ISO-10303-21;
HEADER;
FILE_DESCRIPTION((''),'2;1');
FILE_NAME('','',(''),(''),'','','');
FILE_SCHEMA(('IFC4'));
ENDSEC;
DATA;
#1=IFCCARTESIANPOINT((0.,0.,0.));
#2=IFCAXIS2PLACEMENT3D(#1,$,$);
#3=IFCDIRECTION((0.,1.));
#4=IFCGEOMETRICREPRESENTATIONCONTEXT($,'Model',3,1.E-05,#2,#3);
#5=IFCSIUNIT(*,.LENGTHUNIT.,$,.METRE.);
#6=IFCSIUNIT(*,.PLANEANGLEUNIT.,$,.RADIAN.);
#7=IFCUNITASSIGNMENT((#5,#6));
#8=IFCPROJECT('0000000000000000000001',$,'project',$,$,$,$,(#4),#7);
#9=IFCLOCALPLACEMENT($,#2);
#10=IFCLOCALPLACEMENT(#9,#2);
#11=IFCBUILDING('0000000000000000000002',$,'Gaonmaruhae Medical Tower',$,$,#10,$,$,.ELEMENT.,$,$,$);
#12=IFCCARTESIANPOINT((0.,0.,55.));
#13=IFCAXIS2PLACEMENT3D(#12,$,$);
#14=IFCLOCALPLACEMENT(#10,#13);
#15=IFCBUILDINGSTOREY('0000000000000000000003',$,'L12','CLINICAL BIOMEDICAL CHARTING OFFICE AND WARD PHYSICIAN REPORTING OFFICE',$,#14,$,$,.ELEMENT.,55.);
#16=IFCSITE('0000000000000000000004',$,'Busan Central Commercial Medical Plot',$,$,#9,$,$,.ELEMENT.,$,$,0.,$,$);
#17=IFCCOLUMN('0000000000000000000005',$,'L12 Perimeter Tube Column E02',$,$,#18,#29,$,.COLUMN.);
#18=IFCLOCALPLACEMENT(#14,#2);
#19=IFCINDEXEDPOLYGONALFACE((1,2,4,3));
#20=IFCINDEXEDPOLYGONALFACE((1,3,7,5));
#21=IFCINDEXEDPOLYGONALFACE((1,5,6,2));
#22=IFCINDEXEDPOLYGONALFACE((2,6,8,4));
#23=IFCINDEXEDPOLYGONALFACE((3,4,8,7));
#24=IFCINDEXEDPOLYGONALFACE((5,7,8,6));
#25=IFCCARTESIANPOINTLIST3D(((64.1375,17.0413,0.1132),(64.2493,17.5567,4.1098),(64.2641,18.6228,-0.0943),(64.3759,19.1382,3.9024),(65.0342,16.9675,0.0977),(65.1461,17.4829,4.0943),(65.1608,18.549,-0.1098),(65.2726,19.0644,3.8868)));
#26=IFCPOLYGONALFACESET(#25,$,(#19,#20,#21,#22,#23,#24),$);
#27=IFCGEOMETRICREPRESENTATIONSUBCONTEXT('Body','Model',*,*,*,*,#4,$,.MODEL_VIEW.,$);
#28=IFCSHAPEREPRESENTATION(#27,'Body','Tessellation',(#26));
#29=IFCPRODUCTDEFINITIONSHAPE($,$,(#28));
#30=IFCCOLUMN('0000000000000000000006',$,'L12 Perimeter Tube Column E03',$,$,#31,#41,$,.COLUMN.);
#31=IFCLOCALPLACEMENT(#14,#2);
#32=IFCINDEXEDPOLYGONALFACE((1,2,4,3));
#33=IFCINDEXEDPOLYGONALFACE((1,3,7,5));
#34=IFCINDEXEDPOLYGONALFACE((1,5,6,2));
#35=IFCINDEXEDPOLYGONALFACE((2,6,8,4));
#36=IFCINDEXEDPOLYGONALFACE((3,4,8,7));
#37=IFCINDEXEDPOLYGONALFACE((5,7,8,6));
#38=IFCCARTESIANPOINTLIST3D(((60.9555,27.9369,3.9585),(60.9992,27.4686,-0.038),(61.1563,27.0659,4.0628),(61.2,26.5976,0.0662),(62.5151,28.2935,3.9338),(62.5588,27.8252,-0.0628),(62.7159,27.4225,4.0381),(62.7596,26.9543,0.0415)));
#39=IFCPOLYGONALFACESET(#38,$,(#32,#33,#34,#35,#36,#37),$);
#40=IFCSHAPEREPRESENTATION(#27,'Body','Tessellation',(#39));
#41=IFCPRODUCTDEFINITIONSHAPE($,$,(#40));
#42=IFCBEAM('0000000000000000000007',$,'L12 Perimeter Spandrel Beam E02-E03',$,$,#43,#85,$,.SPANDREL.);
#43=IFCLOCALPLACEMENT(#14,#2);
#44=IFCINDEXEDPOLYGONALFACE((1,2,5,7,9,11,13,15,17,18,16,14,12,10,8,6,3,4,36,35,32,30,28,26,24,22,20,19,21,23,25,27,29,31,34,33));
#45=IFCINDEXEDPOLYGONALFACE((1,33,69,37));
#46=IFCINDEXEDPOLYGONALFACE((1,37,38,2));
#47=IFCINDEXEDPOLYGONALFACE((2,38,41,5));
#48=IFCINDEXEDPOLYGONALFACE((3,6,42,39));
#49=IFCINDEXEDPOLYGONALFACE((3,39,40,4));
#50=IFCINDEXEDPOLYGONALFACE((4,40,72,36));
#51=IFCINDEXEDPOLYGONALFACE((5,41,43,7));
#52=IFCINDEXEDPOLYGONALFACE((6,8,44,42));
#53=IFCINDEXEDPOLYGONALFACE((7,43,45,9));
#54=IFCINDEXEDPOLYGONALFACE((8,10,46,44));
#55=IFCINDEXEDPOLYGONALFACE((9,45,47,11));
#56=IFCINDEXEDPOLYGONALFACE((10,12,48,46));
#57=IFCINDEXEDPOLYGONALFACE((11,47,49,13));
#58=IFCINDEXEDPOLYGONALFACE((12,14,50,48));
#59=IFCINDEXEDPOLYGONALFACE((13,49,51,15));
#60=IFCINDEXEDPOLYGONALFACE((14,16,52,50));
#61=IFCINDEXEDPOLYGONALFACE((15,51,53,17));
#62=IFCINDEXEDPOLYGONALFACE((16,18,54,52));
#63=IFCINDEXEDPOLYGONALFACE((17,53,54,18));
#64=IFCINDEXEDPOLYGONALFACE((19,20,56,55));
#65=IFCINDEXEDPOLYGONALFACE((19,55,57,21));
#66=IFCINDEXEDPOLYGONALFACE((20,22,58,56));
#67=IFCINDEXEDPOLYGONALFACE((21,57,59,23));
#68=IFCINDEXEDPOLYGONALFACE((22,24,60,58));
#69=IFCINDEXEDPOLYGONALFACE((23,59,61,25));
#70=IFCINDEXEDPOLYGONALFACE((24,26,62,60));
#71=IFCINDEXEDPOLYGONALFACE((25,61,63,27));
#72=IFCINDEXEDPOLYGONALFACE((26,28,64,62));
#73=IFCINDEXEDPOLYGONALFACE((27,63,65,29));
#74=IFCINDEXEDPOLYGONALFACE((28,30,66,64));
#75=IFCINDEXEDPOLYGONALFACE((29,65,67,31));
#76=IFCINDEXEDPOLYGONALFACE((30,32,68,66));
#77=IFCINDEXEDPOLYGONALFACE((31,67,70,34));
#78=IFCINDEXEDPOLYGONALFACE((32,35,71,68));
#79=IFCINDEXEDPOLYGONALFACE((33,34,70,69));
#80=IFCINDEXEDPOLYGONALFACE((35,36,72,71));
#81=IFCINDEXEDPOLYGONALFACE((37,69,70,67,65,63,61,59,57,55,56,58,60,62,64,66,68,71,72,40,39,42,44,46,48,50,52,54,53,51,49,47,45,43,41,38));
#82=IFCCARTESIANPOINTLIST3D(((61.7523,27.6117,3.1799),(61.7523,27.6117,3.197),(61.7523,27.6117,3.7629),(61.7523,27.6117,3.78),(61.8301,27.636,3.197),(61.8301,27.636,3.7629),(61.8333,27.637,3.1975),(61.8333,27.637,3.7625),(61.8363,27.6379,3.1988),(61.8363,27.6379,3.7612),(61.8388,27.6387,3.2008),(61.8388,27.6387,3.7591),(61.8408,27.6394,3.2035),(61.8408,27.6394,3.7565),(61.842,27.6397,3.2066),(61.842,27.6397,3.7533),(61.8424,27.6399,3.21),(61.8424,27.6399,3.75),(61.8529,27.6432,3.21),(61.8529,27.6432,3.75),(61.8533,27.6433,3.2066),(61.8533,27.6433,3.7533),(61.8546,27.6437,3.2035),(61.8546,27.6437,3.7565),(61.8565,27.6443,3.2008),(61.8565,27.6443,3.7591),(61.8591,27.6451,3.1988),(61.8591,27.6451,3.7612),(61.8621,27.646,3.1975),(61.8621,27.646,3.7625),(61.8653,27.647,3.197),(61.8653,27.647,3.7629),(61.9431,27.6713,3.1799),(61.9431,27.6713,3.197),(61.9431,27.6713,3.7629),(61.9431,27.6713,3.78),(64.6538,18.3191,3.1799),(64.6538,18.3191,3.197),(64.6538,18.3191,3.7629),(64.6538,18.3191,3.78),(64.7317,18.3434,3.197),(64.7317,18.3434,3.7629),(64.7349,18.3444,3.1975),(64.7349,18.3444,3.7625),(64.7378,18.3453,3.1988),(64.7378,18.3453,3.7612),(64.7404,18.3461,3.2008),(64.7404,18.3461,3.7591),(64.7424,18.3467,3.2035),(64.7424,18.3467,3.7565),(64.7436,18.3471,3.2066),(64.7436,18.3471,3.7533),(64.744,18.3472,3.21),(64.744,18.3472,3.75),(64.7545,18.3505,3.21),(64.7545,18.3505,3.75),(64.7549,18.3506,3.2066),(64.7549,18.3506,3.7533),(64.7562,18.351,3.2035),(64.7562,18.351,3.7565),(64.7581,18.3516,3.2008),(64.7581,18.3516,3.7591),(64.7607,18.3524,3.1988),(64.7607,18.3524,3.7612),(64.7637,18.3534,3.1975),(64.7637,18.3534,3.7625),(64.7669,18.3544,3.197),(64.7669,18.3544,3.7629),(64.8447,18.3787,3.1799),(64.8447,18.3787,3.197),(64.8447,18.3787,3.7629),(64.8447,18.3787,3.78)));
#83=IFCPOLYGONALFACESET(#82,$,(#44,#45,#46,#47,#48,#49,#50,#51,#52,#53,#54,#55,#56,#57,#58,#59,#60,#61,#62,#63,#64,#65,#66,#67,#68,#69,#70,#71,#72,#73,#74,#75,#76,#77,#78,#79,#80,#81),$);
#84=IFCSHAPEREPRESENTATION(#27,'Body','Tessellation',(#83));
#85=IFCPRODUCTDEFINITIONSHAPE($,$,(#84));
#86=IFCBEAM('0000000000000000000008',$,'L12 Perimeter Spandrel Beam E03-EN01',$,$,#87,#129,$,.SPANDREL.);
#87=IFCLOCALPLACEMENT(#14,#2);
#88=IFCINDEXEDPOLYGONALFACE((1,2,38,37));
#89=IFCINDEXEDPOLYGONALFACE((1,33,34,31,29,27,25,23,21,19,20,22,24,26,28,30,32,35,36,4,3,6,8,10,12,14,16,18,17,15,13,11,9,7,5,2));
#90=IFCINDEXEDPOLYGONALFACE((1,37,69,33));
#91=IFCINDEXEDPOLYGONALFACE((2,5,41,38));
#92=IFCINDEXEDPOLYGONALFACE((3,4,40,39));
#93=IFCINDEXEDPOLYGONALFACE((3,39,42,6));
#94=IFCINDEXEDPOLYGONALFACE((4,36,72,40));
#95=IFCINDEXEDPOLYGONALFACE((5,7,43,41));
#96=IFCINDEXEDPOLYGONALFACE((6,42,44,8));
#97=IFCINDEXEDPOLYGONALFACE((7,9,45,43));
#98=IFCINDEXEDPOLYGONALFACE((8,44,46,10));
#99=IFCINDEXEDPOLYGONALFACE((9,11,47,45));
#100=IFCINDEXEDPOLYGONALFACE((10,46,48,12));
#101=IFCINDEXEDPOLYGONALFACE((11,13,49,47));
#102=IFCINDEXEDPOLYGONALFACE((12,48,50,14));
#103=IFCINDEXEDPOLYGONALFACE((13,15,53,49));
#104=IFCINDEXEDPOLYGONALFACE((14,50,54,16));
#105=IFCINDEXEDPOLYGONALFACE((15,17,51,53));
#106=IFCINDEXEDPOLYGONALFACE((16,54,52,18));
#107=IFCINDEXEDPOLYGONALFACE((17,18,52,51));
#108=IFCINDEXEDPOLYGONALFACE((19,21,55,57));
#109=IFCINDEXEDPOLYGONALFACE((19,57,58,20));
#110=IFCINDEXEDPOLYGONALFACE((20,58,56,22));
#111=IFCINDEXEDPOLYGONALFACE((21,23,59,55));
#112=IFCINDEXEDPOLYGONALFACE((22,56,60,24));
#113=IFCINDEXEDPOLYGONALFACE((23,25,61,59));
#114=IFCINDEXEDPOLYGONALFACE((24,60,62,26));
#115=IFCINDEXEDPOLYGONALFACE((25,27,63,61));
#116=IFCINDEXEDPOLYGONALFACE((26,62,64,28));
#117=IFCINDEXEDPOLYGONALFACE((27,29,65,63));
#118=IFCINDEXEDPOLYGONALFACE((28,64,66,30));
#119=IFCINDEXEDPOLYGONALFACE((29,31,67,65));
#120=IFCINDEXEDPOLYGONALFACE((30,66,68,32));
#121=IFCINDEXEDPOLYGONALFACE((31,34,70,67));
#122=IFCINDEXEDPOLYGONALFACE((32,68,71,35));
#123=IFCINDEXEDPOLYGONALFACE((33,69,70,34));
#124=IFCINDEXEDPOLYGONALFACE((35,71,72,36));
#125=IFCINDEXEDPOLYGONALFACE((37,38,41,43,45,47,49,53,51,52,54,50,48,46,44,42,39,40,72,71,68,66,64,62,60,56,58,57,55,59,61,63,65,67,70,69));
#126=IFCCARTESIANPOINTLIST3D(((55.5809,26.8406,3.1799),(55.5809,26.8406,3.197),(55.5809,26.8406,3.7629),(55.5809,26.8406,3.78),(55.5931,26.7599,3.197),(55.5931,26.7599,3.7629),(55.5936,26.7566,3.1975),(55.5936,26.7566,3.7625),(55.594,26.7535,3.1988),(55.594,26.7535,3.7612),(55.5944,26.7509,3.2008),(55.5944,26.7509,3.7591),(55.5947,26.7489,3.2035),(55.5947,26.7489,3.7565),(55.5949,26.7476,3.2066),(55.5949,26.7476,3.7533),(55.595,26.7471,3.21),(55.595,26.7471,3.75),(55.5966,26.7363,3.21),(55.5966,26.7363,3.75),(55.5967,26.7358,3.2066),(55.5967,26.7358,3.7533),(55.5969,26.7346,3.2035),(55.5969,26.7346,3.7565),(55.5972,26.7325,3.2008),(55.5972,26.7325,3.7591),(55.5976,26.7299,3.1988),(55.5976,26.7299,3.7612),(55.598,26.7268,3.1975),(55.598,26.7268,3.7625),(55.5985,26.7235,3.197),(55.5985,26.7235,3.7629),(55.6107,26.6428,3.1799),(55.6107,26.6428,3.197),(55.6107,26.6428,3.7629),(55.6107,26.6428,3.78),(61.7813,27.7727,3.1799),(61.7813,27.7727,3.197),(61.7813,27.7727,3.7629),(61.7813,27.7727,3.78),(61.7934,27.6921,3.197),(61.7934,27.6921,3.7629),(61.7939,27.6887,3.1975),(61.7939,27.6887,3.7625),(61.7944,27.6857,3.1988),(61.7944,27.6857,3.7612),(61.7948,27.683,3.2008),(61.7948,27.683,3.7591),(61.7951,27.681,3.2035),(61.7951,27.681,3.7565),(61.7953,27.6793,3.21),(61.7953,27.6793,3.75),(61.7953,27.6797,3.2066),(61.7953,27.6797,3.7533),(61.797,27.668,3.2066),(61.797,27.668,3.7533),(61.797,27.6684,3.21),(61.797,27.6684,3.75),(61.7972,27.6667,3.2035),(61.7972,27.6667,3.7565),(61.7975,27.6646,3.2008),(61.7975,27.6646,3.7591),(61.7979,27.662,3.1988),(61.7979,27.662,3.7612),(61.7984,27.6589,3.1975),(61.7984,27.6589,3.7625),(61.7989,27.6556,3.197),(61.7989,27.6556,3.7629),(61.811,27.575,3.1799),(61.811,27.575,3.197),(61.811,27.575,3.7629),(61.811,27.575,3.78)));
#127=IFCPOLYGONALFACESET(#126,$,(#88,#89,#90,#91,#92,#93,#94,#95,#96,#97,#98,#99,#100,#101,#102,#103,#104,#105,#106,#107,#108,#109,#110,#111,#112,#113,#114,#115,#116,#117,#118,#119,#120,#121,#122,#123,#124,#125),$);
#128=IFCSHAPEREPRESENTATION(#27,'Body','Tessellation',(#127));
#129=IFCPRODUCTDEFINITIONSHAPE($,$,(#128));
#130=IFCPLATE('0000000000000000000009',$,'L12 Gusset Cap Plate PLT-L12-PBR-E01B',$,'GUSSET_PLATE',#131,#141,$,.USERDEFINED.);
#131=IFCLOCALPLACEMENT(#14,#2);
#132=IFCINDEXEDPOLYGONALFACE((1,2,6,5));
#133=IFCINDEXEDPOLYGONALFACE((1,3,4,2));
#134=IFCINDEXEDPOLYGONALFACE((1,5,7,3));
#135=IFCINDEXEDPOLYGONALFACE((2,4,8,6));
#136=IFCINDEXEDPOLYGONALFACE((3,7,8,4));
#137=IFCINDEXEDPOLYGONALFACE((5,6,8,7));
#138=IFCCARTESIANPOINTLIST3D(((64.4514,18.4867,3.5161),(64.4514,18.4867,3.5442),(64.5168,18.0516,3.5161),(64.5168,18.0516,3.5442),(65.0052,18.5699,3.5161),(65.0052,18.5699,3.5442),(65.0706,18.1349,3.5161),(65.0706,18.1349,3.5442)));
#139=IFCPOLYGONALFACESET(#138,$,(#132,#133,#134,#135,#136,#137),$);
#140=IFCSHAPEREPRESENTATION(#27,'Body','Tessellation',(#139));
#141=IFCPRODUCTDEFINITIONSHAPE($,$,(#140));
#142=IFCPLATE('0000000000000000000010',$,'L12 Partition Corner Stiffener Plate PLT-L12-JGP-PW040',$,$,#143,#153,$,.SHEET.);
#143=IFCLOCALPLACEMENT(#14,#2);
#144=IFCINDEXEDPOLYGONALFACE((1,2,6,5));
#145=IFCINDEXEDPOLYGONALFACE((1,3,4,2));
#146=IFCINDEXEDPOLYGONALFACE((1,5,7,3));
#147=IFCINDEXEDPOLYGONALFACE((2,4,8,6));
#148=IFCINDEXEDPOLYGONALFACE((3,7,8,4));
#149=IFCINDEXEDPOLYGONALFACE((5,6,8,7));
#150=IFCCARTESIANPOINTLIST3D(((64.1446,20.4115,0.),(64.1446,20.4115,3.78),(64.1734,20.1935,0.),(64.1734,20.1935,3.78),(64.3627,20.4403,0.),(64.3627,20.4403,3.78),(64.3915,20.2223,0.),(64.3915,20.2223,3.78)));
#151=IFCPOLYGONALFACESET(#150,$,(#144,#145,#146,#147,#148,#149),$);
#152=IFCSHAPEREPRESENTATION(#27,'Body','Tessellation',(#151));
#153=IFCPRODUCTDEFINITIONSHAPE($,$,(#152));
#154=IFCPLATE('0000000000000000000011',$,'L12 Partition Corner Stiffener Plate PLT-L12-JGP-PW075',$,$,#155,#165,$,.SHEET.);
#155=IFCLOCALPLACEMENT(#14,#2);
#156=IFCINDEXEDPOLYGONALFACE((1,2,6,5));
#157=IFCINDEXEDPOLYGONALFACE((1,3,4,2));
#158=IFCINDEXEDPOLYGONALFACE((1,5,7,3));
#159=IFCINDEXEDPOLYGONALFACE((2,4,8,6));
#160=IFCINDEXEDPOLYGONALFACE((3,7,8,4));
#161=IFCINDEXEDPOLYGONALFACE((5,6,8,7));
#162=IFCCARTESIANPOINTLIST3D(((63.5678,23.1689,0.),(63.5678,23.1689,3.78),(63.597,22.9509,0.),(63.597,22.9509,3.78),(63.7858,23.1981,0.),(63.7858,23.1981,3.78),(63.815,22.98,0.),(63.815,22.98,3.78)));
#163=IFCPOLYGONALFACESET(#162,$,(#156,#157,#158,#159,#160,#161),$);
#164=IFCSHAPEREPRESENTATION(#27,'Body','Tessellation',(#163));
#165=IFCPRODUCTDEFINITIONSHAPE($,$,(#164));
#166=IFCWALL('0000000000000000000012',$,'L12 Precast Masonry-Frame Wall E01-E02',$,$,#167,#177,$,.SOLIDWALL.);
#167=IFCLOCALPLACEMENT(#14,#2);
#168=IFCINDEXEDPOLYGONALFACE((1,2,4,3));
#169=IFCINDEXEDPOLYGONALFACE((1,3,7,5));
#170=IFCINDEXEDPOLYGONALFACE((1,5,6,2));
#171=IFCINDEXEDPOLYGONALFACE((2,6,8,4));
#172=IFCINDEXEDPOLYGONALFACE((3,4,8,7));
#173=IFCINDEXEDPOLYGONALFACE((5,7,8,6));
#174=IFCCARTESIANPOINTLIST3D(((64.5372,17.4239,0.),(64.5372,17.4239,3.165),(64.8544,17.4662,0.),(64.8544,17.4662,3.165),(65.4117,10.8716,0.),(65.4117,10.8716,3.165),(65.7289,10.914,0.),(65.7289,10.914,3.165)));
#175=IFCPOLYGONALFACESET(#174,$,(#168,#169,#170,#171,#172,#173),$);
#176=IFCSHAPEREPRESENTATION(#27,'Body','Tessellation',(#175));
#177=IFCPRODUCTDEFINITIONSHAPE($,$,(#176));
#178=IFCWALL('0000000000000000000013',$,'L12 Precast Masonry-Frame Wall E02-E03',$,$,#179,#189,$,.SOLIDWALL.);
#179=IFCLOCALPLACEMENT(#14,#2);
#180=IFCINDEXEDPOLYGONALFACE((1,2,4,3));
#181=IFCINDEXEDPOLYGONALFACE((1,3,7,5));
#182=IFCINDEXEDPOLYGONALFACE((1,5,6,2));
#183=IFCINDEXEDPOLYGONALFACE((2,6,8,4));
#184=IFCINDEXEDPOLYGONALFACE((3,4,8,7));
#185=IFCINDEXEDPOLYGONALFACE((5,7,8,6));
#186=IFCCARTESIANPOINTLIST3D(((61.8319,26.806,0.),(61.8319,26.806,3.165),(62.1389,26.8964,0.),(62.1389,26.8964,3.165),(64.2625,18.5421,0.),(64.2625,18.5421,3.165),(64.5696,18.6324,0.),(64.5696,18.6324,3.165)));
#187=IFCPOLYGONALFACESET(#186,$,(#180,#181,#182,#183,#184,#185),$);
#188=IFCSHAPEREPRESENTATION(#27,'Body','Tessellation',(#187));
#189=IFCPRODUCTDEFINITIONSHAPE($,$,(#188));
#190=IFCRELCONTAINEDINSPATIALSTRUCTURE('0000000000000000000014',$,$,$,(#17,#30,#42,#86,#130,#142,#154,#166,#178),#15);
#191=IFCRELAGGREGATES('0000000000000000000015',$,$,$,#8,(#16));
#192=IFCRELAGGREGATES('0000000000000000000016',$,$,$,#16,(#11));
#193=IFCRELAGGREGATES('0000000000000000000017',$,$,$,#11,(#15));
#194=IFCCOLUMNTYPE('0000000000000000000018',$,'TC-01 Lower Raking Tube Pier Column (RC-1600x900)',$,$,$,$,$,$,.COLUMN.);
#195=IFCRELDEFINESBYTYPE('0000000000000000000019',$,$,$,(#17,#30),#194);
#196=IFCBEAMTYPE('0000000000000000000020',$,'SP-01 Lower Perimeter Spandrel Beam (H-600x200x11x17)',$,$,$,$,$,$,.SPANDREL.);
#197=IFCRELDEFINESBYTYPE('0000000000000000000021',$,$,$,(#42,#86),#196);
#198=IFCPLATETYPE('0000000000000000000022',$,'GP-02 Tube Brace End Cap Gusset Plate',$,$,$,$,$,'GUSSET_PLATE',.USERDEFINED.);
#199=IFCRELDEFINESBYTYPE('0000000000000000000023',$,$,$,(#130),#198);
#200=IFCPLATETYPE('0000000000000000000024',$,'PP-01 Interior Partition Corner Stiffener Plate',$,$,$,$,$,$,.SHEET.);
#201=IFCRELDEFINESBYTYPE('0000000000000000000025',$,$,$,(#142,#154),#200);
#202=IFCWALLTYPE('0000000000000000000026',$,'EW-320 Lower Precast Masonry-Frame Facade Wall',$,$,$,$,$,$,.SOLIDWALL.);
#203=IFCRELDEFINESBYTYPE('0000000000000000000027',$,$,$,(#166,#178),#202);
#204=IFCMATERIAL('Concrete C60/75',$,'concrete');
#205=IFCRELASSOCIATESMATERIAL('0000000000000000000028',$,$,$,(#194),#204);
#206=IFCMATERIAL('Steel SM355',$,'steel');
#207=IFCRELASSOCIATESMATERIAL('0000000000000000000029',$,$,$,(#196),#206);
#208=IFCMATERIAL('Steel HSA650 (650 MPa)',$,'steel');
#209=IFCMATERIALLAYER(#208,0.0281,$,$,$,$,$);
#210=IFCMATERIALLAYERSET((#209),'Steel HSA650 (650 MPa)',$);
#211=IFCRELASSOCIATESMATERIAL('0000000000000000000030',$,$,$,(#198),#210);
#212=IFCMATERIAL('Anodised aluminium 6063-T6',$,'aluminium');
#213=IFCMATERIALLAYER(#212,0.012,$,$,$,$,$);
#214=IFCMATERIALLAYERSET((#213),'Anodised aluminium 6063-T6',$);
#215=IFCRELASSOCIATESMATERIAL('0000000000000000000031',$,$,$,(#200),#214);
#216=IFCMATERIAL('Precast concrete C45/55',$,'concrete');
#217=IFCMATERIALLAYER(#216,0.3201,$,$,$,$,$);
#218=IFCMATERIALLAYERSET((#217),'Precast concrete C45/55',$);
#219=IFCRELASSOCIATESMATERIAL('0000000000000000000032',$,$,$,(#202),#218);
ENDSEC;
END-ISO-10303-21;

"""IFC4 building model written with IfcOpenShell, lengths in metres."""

from ifc_helpers import new_model, si_unit, direction, frame, frame_2d, origin, origin_2d, place, context, subcontext, project, spatial, rectangle, i_section, extrude, material, layer, layer_set, material_profile, profile_set, type_object, element, save


model = new_model("IFC4")

# Units and contexts
model_context = context("Model", 3, precision=1e-05, world=origin(), true_north=direction((0.0, 1.0)))
body_context = subcontext(model_context, "Body", "Model", "MODEL_VIEW")
ifc_project = project(units=[si_unit("LENGTHUNIT", "METRE"), si_unit("PLANEANGLEUNIT", "RADIAN")], contexts=[model_context])

# Site, building, storey
site_placement = place(None, origin())
site = spatial("IfcSite", under=ifc_project, at=site_placement, Name="Busan Central Commercial Medical Plot", CompositionType="ELEMENT", RefElevation=0.0)
building_placement = place(site_placement, origin())
building = spatial("IfcBuilding", under=site, at=building_placement, Name="Gaonmaruhae Medical Tower", CompositionType="ELEMENT")
storey_placement = place(building_placement, frame((0.0, 0.0, 55.0)))
storey = spatial("IfcBuildingStorey", under=building, at=storey_placement, Name="L12", Description="CLINICAL BIOMEDICAL CHARTING OFFICE AND WARD PHYSICIAN REPORTING OFFICE", CompositionType="ELEMENT", Elevation=55.0)

# Columns
ifc_material_1 = material(Name="Concrete C60/75", Category="concrete")
ifc_material_profile_1 = material_profile(ifc_material_1, rectangle(XDim=1.6001, YDim=0.8999, at=origin_2d()), Name="RC-1600x900")
ifc_profile_set_1 = profile_set([ifc_material_profile_1], Name="Concrete C60/75")
column_type = type_object("IfcColumnType", Name="TC-01 Lower Raking Tube Pier Column (RC-1600x900)", PredefinedType="COLUMN", material=ifc_profile_set_1)
column_1_placement = place(storey_placement, frame((64.6492, 17.7952, 0.0017), z_axis=(0.027738, 0.127847, 0.991406), x_axis=(-0.079108, -0.988396, 0.129672)))
element("IfcColumn", 1, at=column_1_placement, inside=storey, type_object=column_type, Name="L12 Perimeter Tube Column E02", PredefinedType="COLUMN", context=body_context, shape_type="SweptSolid", body=[
    extrude(rectangle(XDim=1.6001, YDim=0.8999, at=origin_2d()), origin(), (0.0, 0.0, 1.0), 4.0312),
])
column_2_placement = place(storey_placement, frame((61.8794, 27.2114, 0.0017), z_axis=(-0.01086, 0.116363, 0.993147), x_axis=(-0.974721, -0.222888, 0.015457)))
element("IfcColumn", 2, at=column_2_placement, inside=storey, type_object=column_type, Name="L12 Perimeter Tube Column E03", PredefinedType="COLUMN", context=body_context, shape_type="SweptSolid", body=[
    extrude(rectangle(XDim=1.6001, YDim=0.8999, at=origin_2d()), origin(), (0.0, 0.0, 1.0), 4.0242),
])

# Beams
ifc_material_2 = material(Name="Steel SM355", Category="steel")
ifc_material_profile_2 = material_profile(ifc_material_2, i_section(OverallWidth=0.2, OverallDepth=0.6001, WebThickness=0.011, FlangeThickness=0.0171, FilletRadius=0.0129, at=origin_2d()), Name="H-600x200x11x17")
ifc_profile_set_2 = profile_set([ifc_material_profile_2], Name="Steel SM355")
beam_type = type_object("IfcBeamType", Name="SP-01 Lower Perimeter Spandrel Beam (H-600x200x11x17)", PredefinedType="SPANDREL", material=ifc_profile_set_2)
beam_1_placement = place(storey_placement, frame((64.7493, 18.3489, 3.48), z_axis=(-0.298054, 0.954549, 0.0), x_axis=(-0.954549, -0.298054, 0.0)))
element("IfcBeam", 3, at=beam_1_placement, inside=storey, type_object=beam_type, Name="L12 Perimeter Spandrel Beam E02-E03", PredefinedType="SPANDREL", context=body_context, shape_type="SweptSolid", body=[
    extrude(i_section(OverallWidth=0.2, OverallDepth=0.6001, WebThickness=0.011, FlangeThickness=0.0171, FilletRadius=0.0129, at=origin_2d()), origin(), (0.0, 0.0, 1.0), 9.7351),
])
beam_2_placement = place(storey_placement, frame((61.7961, 27.6738, 3.48), z_axis=(-0.988888, -0.148662, 0.0), x_axis=(0.148662, -0.988888, 0.0)))
element("IfcBeam", 4, at=beam_2_placement, inside=storey, type_object=beam_type, Name="L12 Perimeter Spandrel Beam E03-EN01", PredefinedType="SPANDREL", context=body_context, shape_type="SweptSolid", body=[
    extrude(i_section(OverallWidth=0.2, OverallDepth=0.6001, WebThickness=0.011, FlangeThickness=0.0171, FilletRadius=0.0129, at=origin_2d()), origin(), (0.0, 0.0, 1.0), 6.27),
])

# Plates
ifc_material_3 = material(Name="Steel HSA650 (650 MPa)", Category="steel")
ifc_layer_1 = layer(ifc_material_3, 0.0281)
ifc_layer_set_1 = layer_set([ifc_layer_1], Name="Steel HSA650 (650 MPa)")
plate_type_1 = type_object("IfcPlateType", Name="GP-02 Tube Brace End Cap Gusset Plate", ElementType="GUSSET_PLATE", PredefinedType="USERDEFINED", material=ifc_layer_set_1)
plate_placement = place(storey_placement, frame((64.761, 18.3108, 3.5161), z_axis=(0.0, 0.0, 1.0), x_axis=(0.988886, 0.148672, 0.0)))
element("IfcPlate", 5, at=plate_placement, inside=storey, type_object=plate_type_1, Name="L12 Gusset Cap Plate PLT-L12-PBR-E01B", ObjectType="GUSSET_PLATE", PredefinedType="USERDEFINED", context=body_context, shape_type="SweptSolid", body=[
    extrude(rectangle(XDim=0.5601, YDim=0.4399, at=origin_2d()), origin(), (0.0, 0.0, 1.0), 0.0281),
])
ifc_material_4 = material(Name="Anodised aluminium 6063-T6", Category="aluminium")
ifc_layer_2 = layer(ifc_material_4, 0.012)
ifc_layer_set_2 = layer_set([ifc_layer_2], Name="Anodised aluminium 6063-T6")
plate_type_2 = type_object("IfcPlateType", Name="PP-01 Interior Partition Corner Stiffener Plate", PredefinedType="SHEET", material=ifc_layer_set_2)
for number, where, z_axis, x_axis, name in (
    (6, (64.2681, 20.3169, 0.0), (0.0, 0.0, 1.0), (0.99139, 0.130941, 0.0), "L12 Partition Corner Stiffener Plate PLT-L12-JGP-PW040"),
    (7, (63.6914, 23.0745, 0.0), (0.0, 0.0, 1.0), (-0.991179, -0.132533, 0.0), "L12 Partition Corner Stiffener Plate PLT-L12-JGP-PW075"),
):
    element("IfcPlate", number, at=place(storey_placement, frame(where, z_axis=z_axis, x_axis=x_axis)), inside=storey, type_object=plate_type_2, Name=name, PredefinedType="SHEET", context=body_context, shape_type="SweptSolid", body=[
        extrude(rectangle(XDim=0.22, YDim=0.22, at=origin_2d()), origin(), (0.0, 0.0, 1.0), 3.78),
    ])

# Walls
ifc_material_5 = material(Name="Precast concrete C45/55", Category="concrete")
ifc_layer_3 = layer(ifc_material_5, 0.3201)
ifc_layer_set_3 = layer_set([ifc_layer_3], Name="Precast concrete C45/55")
wall_type_1 = type_object("IfcWallType", Name="EW-320 Lower Precast Masonry-Frame Facade Wall", PredefinedType="SOLIDWALL", material=ifc_layer_set_3)
wall_1_placement = place(storey_placement, frame((64.6958, 17.4451, 0.0), z_axis=(0.0, 0.0, 1.0), x_axis=(0.132294, -0.99121, 0.0)))
element("IfcWall", 8, at=wall_1_placement, inside=storey, type_object=wall_type_1, Name="L12 Precast Masonry-Frame Wall E01-E02", PredefinedType="SOLIDWALL", context=body_context, shape_type="SweptSolid", body=[
    extrude(rectangle(XDim=6.6104, YDim=0.3201, at=frame_2d((3.3052, 0.0))), origin(), (0.0, 0.0, 1.0), 3.165),
])
wall_2_placement = place(storey_placement, frame((61.9854, 26.8513, 0.0), z_axis=(0.0, 0.0, 1.0), x_axis=(0.282177, -0.959362, 0.0)))
element("IfcWall", 9, at=wall_2_placement, inside=storey, type_object=wall_type_1, Name="L12 Precast Masonry-Frame Wall E02-E03", PredefinedType="SOLIDWALL", context=body_context, shape_type="SweptSolid", body=[
    extrude(rectangle(XDim=8.614, YDim=0.3201, at=frame_2d((4.3071, 0.0))), origin(), (0.0, 0.0, 1.0), 3.165),
])

save(model, "model.ifc")
